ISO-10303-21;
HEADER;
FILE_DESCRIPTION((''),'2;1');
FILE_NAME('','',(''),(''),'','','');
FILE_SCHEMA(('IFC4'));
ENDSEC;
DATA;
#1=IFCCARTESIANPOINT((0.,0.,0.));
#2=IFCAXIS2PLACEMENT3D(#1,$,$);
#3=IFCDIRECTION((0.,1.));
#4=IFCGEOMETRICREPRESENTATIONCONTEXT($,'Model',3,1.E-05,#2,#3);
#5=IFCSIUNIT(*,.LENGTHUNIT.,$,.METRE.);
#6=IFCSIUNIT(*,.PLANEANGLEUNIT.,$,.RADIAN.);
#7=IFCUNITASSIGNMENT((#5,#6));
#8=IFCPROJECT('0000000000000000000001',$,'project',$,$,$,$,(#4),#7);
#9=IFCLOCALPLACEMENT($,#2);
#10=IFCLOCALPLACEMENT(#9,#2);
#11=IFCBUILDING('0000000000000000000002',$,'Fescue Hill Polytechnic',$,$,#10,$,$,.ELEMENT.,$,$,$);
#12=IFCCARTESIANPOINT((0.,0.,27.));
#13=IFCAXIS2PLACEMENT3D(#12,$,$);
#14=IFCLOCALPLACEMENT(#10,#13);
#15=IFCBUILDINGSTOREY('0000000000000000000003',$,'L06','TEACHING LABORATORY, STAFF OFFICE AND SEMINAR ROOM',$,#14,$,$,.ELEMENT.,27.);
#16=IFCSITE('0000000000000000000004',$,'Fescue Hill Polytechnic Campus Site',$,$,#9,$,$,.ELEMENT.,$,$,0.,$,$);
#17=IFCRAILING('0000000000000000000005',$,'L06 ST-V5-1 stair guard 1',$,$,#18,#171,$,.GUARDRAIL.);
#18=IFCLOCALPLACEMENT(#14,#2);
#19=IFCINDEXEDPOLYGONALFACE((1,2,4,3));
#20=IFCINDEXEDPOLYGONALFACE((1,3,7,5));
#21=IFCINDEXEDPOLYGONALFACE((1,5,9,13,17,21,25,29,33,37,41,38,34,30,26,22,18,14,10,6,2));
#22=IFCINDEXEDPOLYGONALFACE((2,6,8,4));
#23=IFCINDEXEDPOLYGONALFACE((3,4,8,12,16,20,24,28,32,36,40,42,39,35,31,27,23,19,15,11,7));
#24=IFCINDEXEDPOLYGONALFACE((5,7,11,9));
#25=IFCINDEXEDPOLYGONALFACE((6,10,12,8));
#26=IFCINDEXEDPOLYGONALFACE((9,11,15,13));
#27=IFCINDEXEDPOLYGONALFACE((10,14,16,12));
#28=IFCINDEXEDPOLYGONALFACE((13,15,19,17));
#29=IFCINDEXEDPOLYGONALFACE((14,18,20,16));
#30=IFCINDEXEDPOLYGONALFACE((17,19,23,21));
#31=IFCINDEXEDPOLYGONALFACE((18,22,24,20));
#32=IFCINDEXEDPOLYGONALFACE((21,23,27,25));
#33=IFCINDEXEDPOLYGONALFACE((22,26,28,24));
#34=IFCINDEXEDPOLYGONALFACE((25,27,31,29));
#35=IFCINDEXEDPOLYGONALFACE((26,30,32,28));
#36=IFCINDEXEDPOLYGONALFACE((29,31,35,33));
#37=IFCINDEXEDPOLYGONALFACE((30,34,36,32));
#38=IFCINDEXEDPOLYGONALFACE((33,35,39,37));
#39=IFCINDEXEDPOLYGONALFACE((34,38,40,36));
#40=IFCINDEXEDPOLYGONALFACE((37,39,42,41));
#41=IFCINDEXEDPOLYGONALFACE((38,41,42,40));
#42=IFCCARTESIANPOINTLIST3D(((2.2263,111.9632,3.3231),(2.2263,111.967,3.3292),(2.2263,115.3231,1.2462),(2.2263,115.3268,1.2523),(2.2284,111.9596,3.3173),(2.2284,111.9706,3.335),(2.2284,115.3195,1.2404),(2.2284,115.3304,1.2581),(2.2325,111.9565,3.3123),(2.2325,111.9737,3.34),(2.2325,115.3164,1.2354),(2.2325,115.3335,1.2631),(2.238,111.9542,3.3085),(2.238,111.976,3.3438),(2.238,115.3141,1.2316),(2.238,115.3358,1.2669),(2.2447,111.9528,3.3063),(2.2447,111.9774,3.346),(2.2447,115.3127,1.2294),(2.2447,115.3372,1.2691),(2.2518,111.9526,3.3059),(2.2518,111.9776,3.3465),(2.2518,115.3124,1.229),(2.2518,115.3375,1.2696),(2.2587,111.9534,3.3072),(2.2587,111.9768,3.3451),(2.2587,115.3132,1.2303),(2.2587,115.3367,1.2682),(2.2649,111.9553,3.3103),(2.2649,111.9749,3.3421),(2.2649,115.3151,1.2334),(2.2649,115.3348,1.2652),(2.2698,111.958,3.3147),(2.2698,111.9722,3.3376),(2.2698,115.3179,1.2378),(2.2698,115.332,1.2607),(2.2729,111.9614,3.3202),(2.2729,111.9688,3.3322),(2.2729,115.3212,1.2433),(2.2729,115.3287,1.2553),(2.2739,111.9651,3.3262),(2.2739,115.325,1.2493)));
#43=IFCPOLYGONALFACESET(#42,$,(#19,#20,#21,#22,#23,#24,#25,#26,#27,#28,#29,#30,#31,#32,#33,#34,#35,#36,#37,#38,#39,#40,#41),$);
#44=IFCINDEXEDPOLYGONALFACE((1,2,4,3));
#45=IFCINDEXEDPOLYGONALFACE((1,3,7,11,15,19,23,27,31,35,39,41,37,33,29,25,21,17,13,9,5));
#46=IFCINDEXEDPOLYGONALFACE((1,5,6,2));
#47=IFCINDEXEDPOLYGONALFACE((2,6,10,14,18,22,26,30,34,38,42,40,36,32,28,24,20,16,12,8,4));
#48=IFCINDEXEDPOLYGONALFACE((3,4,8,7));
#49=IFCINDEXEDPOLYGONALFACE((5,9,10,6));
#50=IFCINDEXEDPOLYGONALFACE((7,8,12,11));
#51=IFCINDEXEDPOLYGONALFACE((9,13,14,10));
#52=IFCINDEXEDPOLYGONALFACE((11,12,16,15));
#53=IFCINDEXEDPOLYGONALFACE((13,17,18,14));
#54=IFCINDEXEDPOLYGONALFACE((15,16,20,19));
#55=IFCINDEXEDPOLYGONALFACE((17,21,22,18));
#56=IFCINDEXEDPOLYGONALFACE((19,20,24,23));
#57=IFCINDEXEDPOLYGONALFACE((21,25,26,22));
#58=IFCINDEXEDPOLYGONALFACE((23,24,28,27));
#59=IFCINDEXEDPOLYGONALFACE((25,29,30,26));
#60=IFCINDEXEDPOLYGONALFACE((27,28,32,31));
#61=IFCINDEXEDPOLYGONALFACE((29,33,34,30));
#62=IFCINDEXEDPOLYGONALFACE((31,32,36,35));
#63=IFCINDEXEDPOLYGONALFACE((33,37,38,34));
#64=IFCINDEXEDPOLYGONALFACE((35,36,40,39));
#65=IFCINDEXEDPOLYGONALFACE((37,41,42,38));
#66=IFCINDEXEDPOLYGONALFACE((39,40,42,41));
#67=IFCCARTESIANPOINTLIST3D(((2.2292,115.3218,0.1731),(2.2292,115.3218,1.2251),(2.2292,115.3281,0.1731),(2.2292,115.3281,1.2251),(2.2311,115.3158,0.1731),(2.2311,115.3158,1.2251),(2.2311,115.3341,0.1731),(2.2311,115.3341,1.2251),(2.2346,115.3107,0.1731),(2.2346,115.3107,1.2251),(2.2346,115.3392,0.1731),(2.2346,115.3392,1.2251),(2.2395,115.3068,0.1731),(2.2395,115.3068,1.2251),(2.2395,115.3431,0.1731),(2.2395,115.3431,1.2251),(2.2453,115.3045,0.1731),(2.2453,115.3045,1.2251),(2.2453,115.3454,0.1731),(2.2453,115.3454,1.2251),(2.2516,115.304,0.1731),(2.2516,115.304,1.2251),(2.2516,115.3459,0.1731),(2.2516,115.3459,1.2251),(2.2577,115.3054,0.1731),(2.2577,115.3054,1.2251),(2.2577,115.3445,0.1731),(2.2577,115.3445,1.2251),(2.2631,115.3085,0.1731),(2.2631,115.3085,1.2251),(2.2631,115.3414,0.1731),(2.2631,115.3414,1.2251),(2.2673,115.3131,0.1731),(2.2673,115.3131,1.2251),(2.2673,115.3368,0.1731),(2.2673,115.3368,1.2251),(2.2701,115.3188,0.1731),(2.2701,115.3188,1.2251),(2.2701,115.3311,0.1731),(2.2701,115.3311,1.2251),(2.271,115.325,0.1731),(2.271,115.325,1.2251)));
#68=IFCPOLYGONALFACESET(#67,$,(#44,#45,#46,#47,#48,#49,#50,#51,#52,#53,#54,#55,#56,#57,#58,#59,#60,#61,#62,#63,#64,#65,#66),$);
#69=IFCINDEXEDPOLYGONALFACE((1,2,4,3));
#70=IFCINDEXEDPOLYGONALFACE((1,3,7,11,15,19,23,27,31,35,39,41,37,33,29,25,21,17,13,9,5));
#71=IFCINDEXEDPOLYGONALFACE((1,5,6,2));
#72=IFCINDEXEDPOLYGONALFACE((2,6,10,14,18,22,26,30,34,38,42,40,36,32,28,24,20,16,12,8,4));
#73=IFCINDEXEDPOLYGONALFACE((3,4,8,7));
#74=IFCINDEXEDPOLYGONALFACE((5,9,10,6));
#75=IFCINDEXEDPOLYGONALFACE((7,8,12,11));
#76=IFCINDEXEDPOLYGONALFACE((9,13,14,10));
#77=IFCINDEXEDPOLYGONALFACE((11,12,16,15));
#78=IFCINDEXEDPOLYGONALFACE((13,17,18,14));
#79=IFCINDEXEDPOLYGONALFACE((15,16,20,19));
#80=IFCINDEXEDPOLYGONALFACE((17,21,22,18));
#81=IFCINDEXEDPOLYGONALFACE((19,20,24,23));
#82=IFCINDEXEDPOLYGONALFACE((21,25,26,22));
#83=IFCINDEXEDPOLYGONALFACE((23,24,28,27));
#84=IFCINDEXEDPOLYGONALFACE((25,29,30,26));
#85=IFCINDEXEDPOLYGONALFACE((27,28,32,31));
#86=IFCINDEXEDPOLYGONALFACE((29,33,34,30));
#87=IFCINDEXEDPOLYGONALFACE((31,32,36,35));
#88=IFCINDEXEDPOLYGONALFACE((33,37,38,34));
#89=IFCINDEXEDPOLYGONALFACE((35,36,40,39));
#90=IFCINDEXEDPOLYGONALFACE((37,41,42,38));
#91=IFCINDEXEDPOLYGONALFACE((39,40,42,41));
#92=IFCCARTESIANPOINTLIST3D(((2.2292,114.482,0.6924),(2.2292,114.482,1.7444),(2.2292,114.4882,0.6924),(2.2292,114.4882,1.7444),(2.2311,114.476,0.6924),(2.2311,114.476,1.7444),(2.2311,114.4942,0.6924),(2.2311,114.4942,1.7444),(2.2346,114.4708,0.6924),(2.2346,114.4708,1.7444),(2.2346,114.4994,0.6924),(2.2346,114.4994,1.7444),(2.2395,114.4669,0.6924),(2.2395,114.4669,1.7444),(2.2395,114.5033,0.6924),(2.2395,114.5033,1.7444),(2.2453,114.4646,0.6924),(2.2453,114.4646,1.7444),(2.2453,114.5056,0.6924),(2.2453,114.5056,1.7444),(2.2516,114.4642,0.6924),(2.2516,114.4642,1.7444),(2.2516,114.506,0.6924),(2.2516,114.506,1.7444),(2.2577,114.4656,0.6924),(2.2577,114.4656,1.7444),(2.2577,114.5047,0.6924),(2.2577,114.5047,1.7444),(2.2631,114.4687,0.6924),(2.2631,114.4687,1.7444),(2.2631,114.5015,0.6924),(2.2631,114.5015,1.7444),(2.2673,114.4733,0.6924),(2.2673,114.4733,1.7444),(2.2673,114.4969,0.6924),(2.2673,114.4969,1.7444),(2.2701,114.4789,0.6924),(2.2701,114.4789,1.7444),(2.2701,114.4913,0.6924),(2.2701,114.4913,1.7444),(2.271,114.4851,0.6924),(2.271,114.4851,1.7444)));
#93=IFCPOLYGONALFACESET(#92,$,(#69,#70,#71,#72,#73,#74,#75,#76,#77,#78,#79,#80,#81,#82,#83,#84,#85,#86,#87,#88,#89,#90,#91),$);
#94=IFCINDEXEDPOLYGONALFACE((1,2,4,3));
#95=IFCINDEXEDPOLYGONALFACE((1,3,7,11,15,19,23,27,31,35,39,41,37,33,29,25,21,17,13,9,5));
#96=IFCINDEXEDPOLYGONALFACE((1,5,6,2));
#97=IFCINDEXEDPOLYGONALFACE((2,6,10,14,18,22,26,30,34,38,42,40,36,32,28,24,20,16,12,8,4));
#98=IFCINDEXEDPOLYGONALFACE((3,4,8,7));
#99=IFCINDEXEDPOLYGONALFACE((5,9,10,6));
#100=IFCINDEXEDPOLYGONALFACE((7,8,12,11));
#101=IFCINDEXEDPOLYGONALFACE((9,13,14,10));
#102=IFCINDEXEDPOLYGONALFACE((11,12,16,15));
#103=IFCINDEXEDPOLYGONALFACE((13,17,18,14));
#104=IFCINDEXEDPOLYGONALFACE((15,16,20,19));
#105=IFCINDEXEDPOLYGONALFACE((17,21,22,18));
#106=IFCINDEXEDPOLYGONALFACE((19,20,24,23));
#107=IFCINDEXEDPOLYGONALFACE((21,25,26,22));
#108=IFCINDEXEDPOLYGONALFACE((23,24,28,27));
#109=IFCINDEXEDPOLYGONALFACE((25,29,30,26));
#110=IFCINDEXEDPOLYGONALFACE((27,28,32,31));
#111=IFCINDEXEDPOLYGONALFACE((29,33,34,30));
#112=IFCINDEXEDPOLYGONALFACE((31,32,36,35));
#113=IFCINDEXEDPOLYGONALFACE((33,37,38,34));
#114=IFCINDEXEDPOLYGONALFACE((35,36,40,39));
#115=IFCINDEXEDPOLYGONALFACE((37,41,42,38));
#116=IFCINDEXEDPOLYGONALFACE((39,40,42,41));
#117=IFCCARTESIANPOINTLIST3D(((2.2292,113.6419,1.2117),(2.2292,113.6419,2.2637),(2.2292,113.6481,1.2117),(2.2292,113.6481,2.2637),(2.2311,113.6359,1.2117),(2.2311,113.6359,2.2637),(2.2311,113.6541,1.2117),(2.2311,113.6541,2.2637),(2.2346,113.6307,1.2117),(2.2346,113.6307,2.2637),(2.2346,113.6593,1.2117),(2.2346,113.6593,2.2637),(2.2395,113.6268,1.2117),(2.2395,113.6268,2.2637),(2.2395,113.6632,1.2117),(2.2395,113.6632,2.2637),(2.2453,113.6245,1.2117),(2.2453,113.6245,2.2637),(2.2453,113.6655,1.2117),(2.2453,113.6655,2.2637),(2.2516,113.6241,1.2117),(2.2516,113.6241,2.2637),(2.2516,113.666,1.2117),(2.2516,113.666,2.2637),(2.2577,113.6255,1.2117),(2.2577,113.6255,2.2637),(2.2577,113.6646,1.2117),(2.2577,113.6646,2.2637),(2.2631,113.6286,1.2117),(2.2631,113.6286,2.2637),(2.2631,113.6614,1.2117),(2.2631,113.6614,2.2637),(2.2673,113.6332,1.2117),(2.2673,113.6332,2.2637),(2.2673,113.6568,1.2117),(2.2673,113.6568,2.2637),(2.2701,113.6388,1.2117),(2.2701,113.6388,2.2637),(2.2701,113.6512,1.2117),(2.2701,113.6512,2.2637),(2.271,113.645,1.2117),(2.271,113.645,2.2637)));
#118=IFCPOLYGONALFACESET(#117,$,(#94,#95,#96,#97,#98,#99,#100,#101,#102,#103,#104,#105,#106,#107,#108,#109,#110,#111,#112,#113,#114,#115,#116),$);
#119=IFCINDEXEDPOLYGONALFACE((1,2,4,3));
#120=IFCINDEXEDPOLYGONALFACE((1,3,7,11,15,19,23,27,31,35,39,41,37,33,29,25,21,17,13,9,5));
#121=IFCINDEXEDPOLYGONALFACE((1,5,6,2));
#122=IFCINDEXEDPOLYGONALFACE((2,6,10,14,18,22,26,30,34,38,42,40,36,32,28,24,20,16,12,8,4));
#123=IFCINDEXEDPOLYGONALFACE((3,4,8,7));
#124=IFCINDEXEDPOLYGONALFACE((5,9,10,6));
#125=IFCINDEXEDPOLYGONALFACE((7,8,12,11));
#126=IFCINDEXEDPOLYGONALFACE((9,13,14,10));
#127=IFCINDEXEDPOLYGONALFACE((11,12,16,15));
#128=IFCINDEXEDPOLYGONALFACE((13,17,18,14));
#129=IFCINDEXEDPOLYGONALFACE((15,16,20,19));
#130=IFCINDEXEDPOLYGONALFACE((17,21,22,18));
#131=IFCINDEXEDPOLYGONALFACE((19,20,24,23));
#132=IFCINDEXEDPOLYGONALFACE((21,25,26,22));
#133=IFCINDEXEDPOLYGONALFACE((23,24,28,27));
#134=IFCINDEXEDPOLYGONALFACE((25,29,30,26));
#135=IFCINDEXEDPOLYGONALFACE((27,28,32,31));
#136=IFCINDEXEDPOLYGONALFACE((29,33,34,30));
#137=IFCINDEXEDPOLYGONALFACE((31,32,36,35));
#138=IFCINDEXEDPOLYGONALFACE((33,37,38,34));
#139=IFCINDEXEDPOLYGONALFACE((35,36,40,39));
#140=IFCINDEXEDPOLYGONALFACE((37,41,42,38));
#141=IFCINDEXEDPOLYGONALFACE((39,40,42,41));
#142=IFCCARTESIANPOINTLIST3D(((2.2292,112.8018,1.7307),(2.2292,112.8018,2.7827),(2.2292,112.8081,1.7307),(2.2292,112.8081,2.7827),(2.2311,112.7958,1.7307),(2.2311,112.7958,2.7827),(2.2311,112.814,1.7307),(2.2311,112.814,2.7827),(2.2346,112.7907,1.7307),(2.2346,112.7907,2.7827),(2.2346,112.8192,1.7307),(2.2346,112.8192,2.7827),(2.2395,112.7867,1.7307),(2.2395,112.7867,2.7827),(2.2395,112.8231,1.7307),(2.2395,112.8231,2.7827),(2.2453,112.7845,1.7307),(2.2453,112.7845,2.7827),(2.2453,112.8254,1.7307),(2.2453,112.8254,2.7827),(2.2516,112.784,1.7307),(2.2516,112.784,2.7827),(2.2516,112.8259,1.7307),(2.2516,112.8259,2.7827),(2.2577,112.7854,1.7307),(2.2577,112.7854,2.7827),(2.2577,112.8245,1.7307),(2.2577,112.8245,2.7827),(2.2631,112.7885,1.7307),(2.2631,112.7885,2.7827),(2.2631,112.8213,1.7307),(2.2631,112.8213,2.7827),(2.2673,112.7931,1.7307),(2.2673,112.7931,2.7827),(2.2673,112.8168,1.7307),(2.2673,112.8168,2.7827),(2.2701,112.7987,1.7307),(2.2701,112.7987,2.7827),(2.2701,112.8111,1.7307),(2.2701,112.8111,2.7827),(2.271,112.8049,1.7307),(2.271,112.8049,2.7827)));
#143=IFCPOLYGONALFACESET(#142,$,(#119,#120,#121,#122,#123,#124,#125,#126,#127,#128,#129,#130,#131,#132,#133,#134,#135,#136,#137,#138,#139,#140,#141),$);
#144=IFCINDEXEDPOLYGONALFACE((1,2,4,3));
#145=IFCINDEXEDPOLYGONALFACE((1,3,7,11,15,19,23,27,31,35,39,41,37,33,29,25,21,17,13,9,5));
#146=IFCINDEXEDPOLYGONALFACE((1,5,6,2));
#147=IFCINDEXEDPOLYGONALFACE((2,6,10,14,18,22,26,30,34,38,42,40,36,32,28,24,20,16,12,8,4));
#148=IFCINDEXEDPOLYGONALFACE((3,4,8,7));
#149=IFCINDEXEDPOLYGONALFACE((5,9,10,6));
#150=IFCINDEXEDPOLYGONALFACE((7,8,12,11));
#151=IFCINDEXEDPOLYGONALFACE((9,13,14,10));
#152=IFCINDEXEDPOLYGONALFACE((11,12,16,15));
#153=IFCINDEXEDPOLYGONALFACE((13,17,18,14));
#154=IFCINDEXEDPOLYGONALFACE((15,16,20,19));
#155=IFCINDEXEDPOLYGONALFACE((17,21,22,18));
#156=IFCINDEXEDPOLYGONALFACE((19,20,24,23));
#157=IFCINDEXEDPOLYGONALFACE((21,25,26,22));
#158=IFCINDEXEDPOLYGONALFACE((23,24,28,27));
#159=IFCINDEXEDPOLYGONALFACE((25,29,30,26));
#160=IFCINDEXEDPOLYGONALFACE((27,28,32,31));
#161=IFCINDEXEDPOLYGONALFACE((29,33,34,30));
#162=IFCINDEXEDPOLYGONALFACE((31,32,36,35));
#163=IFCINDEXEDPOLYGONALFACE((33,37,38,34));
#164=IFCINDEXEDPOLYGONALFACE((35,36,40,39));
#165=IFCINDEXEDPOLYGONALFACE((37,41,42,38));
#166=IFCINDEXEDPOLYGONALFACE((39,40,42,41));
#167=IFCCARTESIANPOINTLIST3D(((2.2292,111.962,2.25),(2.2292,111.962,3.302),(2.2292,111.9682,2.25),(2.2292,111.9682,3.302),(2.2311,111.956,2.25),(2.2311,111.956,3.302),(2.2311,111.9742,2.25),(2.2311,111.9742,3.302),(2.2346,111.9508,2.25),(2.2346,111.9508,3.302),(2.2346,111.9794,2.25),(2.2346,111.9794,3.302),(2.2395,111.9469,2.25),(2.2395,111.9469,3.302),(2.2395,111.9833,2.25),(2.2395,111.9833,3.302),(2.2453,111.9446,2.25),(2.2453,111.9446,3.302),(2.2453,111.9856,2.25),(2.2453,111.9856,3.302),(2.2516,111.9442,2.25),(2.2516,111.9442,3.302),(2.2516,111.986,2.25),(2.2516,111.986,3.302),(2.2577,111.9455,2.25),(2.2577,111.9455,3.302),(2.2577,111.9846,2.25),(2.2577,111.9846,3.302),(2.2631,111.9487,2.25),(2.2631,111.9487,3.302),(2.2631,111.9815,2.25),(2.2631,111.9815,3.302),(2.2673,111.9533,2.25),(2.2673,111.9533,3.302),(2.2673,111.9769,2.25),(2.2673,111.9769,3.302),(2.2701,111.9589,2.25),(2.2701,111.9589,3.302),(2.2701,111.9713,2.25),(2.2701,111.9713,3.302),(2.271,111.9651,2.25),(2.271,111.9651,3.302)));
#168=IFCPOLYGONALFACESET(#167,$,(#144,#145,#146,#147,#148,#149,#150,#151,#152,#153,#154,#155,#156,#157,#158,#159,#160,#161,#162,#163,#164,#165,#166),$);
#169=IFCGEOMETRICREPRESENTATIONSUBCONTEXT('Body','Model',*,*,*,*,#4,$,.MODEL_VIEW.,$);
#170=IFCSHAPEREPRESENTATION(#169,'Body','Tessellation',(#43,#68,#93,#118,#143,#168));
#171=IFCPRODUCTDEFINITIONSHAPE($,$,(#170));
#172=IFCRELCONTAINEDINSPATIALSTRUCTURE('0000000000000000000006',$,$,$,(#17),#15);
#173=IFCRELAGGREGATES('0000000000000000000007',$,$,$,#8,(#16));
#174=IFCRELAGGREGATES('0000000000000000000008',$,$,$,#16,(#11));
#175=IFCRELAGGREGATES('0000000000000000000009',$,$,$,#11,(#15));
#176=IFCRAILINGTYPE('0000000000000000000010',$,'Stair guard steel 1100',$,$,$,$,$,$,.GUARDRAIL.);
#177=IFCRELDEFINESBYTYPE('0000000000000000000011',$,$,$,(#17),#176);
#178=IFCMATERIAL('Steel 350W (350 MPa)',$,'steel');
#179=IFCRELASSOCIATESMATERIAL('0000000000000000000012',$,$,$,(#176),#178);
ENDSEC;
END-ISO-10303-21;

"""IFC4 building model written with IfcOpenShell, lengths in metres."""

from ifc_helpers import new_model, si_unit, direction, frame, origin, origin_2d, place, context, subcontext, project, spatial, circle, extrude, material, type_object, element, save


model = new_model("IFC4")

# Units and contexts
model_context = context("Model", 3, precision=1e-05, world=origin(), true_north=direction((0.0, 1.0)))
body_context = subcontext(model_context, "Body", "Model", "MODEL_VIEW")
ifc_project = project(units=[si_unit("LENGTHUNIT", "METRE"), si_unit("PLANEANGLEUNIT", "RADIAN")], contexts=[model_context])

# Site, building, storey
site_placement = place(None, origin())
site = spatial("IfcSite", under=ifc_project, at=site_placement, Name="Fescue Hill Polytechnic Campus Site", CompositionType="ELEMENT", RefElevation=0.0)
building_placement = place(site_placement, origin())
building = spatial("IfcBuilding", under=site, at=building_placement, Name="Fescue Hill Polytechnic", CompositionType="ELEMENT")
storey_placement = place(building_placement, frame((0.0, 0.0, 27.0)))
storey = spatial("IfcBuildingStorey", under=building, at=storey_placement, Name="L06", Description="TEACHING LABORATORY, STAFF OFFICE AND SEMINAR ROOM", CompositionType="ELEMENT", Elevation=27.0)

# Railing
ifc_material_1 = material(Name="Steel 350W (350 MPa)", Category="steel")
railing_type_1 = type_object("IfcRailingType", Name="Stair guard steel 1100", PredefinedType="GUARDRAIL", material=ifc_material_1)
railing_1_placement = place(storey_placement, frame((2.25, 115.325, 0.1731)))
element("IfcRailing", 1, at=railing_1_placement, inside=storey, type_object=railing_type_1, Name="L06 ST-V5-1 stair guard 1", PredefinedType="GUARDRAIL", context=body_context, shape_type="SweptSolid", body=[
    extrude(circle(Radius=0.0239, at=origin_2d()), frame((0.0, 0.0, 1.0762), z_axis=(0.0, -0.850606, 0.525803), x_axis=(1.0, 0.0, 0.0)), (0.0, 0.0, 1.0), 3.95),
    extrude(circle(Radius=0.021, at=origin_2d()), origin(), (0.0, 0.0, 1.0), 1.052),
    extrude(circle(Radius=0.021, at=origin_2d()), frame((0.0, -0.8398, 0.5193)), (0.0, 0.0, 1.0), 1.052),
    extrude(circle(Radius=0.021, at=origin_2d()), frame((0.0, -1.6799, 1.0386)), (0.0, 0.0, 1.0), 1.052),
    extrude(circle(Radius=0.021, at=origin_2d()), frame((0.0, -2.52, 1.5576)), (0.0, 0.0, 1.0), 1.052),
    extrude(circle(Radius=0.021, at=origin_2d()), frame((0.0, -3.3599, 2.0769)), (0.0, 0.0, 1.0), 1.052),
])

save(model, "model.ifc")
